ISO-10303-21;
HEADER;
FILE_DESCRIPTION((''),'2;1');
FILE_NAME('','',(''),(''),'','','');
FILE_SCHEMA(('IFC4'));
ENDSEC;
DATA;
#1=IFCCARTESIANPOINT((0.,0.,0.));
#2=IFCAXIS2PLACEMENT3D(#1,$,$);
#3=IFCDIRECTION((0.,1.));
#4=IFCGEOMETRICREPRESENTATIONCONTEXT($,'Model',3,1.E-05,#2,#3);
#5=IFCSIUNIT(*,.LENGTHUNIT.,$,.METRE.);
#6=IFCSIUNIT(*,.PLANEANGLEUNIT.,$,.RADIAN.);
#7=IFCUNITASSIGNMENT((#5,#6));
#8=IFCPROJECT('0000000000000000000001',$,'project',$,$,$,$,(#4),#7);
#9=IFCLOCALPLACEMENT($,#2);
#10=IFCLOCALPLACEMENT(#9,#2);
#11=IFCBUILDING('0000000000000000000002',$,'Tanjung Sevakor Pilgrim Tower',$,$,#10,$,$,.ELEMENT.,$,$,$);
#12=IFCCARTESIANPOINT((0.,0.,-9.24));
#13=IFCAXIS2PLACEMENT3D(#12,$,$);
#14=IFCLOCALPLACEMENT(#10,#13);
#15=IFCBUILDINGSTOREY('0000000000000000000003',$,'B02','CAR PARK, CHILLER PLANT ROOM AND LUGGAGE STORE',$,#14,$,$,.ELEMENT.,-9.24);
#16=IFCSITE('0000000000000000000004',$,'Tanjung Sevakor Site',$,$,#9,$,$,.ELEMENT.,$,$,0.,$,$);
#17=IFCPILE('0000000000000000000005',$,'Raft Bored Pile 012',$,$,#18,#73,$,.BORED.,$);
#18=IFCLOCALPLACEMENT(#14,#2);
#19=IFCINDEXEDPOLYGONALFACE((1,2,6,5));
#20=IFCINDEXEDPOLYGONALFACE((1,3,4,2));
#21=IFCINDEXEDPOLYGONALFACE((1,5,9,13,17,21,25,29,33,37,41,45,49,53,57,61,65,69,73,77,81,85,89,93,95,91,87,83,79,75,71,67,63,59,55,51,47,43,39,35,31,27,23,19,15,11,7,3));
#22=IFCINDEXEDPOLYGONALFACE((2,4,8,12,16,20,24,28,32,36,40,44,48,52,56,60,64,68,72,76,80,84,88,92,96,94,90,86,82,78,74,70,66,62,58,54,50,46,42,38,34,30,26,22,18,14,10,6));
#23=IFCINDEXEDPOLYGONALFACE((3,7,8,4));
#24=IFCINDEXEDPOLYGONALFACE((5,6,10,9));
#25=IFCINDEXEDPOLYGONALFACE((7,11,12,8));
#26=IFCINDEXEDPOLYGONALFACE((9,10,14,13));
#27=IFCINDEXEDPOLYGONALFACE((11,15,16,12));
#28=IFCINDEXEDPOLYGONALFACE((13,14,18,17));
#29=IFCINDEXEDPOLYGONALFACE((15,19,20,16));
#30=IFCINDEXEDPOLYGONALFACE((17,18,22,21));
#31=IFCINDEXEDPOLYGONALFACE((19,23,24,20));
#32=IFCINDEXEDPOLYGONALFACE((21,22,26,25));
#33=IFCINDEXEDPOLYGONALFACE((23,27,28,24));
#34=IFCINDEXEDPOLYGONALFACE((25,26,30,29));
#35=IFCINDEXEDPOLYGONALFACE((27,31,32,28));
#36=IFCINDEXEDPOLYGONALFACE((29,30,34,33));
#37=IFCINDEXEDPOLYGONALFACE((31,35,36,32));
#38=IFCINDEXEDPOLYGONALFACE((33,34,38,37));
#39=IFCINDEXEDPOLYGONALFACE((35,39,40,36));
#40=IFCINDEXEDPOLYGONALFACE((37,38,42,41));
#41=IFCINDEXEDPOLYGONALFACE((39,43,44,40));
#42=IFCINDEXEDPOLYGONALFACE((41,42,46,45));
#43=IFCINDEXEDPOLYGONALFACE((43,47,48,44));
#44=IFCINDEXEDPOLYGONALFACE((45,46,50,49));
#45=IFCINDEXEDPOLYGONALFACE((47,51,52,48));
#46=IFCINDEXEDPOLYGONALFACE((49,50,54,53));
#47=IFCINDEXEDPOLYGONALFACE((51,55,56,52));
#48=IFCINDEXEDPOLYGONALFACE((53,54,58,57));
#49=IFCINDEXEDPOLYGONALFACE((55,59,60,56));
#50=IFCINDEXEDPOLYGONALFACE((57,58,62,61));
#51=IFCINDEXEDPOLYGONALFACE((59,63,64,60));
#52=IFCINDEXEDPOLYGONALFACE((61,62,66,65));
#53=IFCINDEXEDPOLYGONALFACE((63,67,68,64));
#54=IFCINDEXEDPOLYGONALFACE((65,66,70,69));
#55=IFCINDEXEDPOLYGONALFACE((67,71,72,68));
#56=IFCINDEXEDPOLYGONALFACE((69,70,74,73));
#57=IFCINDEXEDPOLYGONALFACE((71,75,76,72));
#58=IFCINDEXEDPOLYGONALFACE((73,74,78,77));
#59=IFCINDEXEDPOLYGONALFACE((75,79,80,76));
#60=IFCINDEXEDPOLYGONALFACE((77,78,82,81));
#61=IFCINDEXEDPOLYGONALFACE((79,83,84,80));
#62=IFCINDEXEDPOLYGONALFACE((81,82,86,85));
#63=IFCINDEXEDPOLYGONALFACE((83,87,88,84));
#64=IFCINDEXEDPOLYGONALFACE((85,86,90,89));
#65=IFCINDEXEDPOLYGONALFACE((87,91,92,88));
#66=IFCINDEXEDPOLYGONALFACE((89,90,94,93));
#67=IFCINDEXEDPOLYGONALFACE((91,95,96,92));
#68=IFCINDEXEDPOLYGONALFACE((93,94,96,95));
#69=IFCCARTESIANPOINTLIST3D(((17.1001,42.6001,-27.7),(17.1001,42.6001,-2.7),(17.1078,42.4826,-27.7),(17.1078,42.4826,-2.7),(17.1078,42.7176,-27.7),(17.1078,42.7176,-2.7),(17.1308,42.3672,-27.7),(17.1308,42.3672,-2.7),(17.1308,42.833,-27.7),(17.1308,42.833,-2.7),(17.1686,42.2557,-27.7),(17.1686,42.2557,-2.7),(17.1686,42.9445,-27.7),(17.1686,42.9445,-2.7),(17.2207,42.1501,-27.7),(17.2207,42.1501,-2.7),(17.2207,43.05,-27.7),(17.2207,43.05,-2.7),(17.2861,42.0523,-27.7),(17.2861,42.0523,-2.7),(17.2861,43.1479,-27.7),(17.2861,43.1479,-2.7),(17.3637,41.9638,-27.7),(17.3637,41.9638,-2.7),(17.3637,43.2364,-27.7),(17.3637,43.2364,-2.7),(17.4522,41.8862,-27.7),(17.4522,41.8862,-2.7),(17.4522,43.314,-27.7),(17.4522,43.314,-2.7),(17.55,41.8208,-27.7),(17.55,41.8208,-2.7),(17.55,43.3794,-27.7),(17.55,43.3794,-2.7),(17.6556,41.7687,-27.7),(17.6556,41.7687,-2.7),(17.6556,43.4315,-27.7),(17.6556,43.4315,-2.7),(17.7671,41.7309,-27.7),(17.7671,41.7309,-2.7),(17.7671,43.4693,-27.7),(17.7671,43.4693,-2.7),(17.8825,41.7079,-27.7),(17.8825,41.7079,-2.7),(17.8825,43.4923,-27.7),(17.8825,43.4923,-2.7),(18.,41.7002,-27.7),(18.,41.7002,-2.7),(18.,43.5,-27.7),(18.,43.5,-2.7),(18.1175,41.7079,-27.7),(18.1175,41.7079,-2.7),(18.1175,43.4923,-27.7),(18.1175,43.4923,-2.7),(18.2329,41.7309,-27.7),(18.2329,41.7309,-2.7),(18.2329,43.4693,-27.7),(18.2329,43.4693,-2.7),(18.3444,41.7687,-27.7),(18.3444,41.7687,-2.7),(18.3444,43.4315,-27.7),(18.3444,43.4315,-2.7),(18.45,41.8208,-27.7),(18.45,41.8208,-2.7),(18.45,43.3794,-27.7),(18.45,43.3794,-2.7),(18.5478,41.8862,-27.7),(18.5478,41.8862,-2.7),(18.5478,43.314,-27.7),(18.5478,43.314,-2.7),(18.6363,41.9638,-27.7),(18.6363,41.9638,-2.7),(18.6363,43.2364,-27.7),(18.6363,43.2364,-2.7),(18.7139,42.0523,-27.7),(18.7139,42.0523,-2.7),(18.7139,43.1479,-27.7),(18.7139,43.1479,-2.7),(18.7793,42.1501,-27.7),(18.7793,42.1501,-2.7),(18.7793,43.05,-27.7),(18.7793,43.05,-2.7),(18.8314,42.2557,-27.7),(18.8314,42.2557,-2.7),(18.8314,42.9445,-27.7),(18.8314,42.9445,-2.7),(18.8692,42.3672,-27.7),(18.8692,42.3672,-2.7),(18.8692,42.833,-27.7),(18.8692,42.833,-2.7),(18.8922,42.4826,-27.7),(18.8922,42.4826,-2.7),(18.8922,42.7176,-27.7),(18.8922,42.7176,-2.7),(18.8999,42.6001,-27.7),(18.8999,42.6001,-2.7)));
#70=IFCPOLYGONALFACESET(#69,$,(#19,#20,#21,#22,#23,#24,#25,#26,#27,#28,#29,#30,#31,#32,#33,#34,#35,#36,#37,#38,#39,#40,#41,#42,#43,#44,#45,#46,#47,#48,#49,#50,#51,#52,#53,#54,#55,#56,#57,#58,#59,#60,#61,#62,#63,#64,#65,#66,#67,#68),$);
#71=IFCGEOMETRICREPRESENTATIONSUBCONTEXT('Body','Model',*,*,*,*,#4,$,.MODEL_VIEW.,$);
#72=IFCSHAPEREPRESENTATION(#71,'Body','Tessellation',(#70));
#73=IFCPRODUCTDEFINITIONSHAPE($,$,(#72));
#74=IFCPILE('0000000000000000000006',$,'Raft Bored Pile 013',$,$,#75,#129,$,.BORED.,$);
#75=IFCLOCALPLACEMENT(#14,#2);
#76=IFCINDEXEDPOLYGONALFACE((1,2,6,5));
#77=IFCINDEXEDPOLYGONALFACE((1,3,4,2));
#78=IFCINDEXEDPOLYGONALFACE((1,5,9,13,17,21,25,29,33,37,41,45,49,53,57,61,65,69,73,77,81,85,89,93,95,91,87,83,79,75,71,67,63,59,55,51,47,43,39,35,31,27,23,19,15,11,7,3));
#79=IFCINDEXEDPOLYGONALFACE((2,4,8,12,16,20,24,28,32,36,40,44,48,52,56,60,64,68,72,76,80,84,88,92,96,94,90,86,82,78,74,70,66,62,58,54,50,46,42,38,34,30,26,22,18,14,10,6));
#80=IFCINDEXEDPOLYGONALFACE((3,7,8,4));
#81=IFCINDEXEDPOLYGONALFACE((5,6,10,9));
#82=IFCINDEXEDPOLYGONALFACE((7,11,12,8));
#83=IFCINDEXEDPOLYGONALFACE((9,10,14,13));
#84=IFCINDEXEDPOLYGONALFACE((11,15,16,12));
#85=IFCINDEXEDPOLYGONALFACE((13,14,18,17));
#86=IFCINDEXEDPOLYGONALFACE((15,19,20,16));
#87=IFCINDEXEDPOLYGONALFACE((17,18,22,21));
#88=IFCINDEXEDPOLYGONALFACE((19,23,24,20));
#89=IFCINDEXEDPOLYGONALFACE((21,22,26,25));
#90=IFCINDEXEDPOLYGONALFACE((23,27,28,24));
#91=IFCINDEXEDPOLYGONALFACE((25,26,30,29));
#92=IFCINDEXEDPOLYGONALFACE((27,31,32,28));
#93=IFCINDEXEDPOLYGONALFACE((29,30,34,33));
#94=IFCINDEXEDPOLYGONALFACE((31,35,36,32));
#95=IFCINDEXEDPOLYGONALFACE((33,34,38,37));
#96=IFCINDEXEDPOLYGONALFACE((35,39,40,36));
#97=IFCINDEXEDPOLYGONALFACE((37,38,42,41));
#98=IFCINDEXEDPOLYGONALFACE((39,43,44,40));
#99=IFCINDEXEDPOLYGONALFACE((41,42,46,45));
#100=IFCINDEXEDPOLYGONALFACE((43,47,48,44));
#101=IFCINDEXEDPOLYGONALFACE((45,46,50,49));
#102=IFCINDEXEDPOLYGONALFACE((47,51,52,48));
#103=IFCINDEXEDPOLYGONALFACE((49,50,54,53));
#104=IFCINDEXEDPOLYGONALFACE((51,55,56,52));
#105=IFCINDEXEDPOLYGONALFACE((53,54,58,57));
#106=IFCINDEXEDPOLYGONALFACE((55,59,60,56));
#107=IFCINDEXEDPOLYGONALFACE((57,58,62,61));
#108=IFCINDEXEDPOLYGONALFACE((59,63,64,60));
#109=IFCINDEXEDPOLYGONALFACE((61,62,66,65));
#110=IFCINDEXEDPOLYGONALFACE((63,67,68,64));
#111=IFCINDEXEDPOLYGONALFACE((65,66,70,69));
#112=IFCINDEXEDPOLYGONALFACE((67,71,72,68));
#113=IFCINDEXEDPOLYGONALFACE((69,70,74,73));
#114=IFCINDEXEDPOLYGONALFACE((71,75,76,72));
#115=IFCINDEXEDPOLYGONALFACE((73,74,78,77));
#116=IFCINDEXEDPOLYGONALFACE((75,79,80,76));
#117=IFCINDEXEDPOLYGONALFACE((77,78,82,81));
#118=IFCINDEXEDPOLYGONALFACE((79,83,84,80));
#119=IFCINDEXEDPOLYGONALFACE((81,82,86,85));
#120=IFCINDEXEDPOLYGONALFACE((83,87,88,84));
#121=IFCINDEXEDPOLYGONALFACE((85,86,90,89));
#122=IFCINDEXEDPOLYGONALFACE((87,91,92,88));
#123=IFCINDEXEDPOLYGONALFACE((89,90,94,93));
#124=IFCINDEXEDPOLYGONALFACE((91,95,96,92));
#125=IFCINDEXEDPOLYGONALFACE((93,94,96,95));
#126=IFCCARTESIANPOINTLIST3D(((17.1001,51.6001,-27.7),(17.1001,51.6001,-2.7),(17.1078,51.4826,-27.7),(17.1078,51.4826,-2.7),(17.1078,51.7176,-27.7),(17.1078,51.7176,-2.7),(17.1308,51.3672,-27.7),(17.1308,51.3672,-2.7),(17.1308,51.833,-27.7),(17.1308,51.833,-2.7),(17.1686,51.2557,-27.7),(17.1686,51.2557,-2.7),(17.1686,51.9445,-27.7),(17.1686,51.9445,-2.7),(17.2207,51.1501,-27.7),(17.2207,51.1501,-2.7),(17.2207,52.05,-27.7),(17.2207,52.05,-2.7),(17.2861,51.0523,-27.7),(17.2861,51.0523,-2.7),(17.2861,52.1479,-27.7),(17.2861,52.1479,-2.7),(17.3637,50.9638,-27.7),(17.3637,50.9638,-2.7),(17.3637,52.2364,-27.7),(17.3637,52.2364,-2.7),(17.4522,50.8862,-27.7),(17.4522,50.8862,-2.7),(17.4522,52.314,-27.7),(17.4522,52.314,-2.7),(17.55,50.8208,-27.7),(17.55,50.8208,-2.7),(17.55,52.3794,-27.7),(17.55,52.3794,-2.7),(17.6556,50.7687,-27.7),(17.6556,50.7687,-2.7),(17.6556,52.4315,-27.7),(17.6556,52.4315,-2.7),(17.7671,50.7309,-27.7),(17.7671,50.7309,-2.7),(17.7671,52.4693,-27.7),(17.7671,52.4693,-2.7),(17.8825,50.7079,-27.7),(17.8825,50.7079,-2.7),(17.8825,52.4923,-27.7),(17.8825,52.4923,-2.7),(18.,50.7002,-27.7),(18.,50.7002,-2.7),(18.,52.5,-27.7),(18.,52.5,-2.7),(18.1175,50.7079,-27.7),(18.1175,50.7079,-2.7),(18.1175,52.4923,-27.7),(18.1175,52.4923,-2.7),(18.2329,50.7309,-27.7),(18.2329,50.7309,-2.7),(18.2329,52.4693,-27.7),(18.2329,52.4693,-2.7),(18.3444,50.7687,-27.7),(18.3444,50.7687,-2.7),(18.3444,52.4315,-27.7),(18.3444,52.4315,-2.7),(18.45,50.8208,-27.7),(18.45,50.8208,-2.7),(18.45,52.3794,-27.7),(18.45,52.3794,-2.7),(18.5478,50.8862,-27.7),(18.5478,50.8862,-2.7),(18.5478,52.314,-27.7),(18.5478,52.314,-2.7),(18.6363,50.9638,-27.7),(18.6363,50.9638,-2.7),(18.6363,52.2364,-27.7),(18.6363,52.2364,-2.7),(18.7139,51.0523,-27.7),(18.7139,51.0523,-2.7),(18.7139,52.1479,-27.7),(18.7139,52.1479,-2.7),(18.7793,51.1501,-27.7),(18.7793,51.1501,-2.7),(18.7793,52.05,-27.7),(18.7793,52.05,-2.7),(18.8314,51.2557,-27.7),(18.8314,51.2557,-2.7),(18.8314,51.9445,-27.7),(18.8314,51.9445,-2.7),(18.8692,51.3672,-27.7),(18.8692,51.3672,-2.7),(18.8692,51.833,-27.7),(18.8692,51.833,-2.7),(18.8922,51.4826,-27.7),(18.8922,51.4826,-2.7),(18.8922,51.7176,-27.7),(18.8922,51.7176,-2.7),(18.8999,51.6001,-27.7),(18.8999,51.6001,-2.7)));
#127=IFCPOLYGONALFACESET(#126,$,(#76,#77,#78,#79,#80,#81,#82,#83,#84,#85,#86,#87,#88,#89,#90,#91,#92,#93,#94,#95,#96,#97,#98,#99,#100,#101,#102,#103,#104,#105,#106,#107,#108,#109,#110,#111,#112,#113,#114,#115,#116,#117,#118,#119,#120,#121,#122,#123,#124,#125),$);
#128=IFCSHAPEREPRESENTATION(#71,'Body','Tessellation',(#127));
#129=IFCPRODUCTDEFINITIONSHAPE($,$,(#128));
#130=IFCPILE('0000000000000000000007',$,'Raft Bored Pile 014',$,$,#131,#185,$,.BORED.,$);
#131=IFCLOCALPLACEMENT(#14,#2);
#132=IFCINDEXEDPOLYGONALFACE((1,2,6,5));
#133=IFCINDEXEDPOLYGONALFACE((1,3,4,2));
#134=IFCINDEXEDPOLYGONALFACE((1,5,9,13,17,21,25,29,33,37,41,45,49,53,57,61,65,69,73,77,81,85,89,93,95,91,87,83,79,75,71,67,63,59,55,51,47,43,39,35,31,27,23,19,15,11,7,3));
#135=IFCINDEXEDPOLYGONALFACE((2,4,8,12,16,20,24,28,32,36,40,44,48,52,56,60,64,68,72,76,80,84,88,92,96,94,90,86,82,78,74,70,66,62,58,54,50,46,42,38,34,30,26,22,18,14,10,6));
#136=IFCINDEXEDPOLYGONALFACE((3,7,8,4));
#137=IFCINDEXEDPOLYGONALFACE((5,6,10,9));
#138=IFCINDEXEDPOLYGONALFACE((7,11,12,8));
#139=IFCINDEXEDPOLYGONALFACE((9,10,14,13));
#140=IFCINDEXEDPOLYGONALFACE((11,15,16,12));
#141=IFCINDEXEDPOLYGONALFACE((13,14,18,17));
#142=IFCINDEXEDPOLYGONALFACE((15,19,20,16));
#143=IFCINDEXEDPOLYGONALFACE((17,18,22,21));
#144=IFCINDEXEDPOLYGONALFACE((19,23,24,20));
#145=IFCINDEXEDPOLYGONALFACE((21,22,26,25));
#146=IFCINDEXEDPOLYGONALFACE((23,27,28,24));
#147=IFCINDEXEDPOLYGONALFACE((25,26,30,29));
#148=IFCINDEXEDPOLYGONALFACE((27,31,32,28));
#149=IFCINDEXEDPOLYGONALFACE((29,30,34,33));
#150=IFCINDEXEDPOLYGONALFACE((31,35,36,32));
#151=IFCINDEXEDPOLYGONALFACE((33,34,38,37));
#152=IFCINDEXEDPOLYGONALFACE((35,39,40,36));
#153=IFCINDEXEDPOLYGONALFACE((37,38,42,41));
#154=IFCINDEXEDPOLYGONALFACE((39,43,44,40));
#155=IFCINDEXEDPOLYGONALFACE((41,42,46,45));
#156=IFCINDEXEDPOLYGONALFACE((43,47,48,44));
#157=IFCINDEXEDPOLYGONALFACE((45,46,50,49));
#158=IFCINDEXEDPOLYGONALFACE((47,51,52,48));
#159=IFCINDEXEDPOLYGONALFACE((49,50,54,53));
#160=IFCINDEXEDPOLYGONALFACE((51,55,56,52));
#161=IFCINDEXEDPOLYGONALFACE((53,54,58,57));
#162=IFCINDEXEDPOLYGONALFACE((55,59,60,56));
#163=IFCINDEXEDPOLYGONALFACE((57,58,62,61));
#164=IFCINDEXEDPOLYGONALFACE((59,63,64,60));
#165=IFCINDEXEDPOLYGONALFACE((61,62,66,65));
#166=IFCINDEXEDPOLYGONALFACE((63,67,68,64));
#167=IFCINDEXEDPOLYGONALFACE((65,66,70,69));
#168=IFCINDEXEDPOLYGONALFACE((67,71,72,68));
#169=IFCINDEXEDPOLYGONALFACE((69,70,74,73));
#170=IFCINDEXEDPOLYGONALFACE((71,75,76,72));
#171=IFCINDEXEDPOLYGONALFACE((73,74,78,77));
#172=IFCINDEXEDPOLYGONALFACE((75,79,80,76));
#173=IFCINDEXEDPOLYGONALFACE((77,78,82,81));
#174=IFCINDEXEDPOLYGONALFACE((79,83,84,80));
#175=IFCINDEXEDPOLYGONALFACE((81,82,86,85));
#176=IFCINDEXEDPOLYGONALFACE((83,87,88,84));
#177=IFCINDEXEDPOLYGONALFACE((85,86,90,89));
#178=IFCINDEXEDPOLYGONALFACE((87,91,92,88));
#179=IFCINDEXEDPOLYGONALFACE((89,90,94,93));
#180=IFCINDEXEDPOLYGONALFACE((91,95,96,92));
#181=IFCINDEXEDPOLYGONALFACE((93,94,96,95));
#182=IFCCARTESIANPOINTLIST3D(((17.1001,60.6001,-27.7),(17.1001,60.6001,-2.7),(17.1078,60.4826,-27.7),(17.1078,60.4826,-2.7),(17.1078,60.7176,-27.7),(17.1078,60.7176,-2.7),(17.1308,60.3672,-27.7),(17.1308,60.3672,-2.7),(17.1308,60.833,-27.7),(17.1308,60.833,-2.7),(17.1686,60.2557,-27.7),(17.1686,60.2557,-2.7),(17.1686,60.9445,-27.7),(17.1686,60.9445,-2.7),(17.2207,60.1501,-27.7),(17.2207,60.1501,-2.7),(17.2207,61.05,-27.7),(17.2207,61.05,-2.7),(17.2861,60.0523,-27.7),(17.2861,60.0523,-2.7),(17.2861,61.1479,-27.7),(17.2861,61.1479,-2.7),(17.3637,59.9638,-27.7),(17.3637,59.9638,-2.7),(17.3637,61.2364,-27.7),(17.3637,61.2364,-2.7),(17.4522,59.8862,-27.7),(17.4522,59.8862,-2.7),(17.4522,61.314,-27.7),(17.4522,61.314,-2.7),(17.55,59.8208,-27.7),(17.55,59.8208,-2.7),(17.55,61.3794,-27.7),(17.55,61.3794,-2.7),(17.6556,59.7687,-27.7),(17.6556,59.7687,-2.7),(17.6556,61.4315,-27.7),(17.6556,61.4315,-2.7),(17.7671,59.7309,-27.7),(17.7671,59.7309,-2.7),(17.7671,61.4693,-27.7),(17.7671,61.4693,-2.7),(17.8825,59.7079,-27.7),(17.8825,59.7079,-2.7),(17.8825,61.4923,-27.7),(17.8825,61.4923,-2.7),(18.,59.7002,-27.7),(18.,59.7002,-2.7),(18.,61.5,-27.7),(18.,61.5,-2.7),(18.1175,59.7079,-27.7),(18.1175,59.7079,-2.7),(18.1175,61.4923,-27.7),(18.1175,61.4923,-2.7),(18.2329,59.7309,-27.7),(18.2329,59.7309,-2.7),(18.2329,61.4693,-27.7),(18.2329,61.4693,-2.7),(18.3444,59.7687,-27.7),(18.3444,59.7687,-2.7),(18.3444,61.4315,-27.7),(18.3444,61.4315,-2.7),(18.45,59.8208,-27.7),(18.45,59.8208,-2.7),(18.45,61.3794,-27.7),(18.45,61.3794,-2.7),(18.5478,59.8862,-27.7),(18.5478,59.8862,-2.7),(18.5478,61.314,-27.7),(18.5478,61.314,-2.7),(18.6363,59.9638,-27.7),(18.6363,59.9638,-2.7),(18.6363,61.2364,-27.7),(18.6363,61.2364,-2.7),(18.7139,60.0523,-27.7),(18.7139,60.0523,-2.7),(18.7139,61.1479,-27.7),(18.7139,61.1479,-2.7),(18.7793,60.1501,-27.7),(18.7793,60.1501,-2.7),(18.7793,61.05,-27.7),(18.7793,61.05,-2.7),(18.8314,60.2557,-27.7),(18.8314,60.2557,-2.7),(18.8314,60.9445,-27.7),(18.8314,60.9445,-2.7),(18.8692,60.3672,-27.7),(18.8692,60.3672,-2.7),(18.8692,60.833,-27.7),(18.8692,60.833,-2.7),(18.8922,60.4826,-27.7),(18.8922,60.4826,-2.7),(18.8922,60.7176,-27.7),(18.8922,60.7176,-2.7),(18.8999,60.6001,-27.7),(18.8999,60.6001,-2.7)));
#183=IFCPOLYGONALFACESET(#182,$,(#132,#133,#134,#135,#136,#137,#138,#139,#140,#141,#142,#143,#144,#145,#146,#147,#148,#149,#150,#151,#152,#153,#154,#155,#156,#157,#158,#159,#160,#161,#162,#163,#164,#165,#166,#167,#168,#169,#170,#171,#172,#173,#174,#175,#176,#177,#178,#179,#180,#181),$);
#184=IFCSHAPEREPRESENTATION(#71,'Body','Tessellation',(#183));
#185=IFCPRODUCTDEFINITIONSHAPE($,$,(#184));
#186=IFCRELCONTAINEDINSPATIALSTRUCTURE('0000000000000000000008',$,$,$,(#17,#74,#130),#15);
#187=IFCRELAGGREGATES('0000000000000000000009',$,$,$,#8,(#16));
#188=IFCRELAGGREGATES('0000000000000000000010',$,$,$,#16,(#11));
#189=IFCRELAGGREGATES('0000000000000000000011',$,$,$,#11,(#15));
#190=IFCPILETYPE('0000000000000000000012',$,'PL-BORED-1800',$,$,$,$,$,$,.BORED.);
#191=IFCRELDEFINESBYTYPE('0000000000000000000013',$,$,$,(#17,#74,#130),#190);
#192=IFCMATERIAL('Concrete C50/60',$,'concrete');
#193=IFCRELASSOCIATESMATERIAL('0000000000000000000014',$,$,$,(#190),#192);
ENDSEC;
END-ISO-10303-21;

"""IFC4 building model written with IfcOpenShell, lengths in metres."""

from ifc_helpers import new_model, si_unit, direction, frame, origin, origin_2d, place, context, subcontext, project, spatial, circle, extrude, material, material_profile, profile_set, type_object, element, save


model = new_model("IFC4")

# Units and contexts
model_context = context("Model", 3, precision=1e-05, world=origin(), true_north=direction((0.0, 1.0)))
body_context = subcontext(model_context, "Body", "Model", "MODEL_VIEW")
ifc_project = project(units=[si_unit("LENGTHUNIT", "METRE"), si_unit("PLANEANGLEUNIT", "RADIAN")], contexts=[model_context])

# Site, building, storey
site_placement = place(None, origin())
site = spatial("IfcSite", under=ifc_project, at=site_placement, Name="Tanjung Sevakor Site", CompositionType="ELEMENT", RefElevation=0.0)
building_placement = place(site_placement, origin())
building = spatial("IfcBuilding", under=site, at=building_placement, Name="Tanjung Sevakor Pilgrim Tower", CompositionType="ELEMENT")
storey_placement = place(building_placement, frame((0.0, 0.0, -9.24)))
storey = spatial("IfcBuildingStorey", under=building, at=storey_placement, Name="B02", Description="CAR PARK, CHILLER PLANT ROOM AND LUGGAGE STORE", CompositionType="ELEMENT", Elevation=-9.24)

# Piles
ifc_material_1 = material(Name="Concrete C50/60", Category="concrete")
ifc_material_profile_1 = material_profile(ifc_material_1, circle(Radius=0.8999, at=origin_2d()))
ifc_profile_set_1 = profile_set([ifc_material_profile_1], Name="Concrete C50/60")
pile_type = type_object("IfcPileType", Name="PL-BORED-1800", PredefinedType="BORED", material=ifc_profile_set_1)
for number, where, z_axis, x_axis, name in (
    (1, (18.0, 42.6001, -2.7), (0.0, 0.0, -1.0), (1.0, 0.0, 0.0), "Raft Bored Pile 012"),
    (2, (18.0, 51.6001, -2.7), (0.0, 0.0, -1.0), (1.0, 0.0, 0.0), "Raft Bored Pile 013"),
    (3, (18.0, 60.6001, -2.7), (0.0, 0.0, -1.0), (1.0, 0.0, 0.0), "Raft Bored Pile 014"),
):
    element("IfcPile", number, at=place(storey_placement, frame(where, z_axis=z_axis, x_axis=x_axis)), inside=storey, type_object=pile_type, Name=name, PredefinedType="BORED", context=body_context, shape_type="SweptSolid", body=[
        extrude(circle(Radius=0.8999, at=origin_2d()), origin(), (0.0, 0.0, 1.0), 25.0),
    ])

save(model, "model.ifc")
